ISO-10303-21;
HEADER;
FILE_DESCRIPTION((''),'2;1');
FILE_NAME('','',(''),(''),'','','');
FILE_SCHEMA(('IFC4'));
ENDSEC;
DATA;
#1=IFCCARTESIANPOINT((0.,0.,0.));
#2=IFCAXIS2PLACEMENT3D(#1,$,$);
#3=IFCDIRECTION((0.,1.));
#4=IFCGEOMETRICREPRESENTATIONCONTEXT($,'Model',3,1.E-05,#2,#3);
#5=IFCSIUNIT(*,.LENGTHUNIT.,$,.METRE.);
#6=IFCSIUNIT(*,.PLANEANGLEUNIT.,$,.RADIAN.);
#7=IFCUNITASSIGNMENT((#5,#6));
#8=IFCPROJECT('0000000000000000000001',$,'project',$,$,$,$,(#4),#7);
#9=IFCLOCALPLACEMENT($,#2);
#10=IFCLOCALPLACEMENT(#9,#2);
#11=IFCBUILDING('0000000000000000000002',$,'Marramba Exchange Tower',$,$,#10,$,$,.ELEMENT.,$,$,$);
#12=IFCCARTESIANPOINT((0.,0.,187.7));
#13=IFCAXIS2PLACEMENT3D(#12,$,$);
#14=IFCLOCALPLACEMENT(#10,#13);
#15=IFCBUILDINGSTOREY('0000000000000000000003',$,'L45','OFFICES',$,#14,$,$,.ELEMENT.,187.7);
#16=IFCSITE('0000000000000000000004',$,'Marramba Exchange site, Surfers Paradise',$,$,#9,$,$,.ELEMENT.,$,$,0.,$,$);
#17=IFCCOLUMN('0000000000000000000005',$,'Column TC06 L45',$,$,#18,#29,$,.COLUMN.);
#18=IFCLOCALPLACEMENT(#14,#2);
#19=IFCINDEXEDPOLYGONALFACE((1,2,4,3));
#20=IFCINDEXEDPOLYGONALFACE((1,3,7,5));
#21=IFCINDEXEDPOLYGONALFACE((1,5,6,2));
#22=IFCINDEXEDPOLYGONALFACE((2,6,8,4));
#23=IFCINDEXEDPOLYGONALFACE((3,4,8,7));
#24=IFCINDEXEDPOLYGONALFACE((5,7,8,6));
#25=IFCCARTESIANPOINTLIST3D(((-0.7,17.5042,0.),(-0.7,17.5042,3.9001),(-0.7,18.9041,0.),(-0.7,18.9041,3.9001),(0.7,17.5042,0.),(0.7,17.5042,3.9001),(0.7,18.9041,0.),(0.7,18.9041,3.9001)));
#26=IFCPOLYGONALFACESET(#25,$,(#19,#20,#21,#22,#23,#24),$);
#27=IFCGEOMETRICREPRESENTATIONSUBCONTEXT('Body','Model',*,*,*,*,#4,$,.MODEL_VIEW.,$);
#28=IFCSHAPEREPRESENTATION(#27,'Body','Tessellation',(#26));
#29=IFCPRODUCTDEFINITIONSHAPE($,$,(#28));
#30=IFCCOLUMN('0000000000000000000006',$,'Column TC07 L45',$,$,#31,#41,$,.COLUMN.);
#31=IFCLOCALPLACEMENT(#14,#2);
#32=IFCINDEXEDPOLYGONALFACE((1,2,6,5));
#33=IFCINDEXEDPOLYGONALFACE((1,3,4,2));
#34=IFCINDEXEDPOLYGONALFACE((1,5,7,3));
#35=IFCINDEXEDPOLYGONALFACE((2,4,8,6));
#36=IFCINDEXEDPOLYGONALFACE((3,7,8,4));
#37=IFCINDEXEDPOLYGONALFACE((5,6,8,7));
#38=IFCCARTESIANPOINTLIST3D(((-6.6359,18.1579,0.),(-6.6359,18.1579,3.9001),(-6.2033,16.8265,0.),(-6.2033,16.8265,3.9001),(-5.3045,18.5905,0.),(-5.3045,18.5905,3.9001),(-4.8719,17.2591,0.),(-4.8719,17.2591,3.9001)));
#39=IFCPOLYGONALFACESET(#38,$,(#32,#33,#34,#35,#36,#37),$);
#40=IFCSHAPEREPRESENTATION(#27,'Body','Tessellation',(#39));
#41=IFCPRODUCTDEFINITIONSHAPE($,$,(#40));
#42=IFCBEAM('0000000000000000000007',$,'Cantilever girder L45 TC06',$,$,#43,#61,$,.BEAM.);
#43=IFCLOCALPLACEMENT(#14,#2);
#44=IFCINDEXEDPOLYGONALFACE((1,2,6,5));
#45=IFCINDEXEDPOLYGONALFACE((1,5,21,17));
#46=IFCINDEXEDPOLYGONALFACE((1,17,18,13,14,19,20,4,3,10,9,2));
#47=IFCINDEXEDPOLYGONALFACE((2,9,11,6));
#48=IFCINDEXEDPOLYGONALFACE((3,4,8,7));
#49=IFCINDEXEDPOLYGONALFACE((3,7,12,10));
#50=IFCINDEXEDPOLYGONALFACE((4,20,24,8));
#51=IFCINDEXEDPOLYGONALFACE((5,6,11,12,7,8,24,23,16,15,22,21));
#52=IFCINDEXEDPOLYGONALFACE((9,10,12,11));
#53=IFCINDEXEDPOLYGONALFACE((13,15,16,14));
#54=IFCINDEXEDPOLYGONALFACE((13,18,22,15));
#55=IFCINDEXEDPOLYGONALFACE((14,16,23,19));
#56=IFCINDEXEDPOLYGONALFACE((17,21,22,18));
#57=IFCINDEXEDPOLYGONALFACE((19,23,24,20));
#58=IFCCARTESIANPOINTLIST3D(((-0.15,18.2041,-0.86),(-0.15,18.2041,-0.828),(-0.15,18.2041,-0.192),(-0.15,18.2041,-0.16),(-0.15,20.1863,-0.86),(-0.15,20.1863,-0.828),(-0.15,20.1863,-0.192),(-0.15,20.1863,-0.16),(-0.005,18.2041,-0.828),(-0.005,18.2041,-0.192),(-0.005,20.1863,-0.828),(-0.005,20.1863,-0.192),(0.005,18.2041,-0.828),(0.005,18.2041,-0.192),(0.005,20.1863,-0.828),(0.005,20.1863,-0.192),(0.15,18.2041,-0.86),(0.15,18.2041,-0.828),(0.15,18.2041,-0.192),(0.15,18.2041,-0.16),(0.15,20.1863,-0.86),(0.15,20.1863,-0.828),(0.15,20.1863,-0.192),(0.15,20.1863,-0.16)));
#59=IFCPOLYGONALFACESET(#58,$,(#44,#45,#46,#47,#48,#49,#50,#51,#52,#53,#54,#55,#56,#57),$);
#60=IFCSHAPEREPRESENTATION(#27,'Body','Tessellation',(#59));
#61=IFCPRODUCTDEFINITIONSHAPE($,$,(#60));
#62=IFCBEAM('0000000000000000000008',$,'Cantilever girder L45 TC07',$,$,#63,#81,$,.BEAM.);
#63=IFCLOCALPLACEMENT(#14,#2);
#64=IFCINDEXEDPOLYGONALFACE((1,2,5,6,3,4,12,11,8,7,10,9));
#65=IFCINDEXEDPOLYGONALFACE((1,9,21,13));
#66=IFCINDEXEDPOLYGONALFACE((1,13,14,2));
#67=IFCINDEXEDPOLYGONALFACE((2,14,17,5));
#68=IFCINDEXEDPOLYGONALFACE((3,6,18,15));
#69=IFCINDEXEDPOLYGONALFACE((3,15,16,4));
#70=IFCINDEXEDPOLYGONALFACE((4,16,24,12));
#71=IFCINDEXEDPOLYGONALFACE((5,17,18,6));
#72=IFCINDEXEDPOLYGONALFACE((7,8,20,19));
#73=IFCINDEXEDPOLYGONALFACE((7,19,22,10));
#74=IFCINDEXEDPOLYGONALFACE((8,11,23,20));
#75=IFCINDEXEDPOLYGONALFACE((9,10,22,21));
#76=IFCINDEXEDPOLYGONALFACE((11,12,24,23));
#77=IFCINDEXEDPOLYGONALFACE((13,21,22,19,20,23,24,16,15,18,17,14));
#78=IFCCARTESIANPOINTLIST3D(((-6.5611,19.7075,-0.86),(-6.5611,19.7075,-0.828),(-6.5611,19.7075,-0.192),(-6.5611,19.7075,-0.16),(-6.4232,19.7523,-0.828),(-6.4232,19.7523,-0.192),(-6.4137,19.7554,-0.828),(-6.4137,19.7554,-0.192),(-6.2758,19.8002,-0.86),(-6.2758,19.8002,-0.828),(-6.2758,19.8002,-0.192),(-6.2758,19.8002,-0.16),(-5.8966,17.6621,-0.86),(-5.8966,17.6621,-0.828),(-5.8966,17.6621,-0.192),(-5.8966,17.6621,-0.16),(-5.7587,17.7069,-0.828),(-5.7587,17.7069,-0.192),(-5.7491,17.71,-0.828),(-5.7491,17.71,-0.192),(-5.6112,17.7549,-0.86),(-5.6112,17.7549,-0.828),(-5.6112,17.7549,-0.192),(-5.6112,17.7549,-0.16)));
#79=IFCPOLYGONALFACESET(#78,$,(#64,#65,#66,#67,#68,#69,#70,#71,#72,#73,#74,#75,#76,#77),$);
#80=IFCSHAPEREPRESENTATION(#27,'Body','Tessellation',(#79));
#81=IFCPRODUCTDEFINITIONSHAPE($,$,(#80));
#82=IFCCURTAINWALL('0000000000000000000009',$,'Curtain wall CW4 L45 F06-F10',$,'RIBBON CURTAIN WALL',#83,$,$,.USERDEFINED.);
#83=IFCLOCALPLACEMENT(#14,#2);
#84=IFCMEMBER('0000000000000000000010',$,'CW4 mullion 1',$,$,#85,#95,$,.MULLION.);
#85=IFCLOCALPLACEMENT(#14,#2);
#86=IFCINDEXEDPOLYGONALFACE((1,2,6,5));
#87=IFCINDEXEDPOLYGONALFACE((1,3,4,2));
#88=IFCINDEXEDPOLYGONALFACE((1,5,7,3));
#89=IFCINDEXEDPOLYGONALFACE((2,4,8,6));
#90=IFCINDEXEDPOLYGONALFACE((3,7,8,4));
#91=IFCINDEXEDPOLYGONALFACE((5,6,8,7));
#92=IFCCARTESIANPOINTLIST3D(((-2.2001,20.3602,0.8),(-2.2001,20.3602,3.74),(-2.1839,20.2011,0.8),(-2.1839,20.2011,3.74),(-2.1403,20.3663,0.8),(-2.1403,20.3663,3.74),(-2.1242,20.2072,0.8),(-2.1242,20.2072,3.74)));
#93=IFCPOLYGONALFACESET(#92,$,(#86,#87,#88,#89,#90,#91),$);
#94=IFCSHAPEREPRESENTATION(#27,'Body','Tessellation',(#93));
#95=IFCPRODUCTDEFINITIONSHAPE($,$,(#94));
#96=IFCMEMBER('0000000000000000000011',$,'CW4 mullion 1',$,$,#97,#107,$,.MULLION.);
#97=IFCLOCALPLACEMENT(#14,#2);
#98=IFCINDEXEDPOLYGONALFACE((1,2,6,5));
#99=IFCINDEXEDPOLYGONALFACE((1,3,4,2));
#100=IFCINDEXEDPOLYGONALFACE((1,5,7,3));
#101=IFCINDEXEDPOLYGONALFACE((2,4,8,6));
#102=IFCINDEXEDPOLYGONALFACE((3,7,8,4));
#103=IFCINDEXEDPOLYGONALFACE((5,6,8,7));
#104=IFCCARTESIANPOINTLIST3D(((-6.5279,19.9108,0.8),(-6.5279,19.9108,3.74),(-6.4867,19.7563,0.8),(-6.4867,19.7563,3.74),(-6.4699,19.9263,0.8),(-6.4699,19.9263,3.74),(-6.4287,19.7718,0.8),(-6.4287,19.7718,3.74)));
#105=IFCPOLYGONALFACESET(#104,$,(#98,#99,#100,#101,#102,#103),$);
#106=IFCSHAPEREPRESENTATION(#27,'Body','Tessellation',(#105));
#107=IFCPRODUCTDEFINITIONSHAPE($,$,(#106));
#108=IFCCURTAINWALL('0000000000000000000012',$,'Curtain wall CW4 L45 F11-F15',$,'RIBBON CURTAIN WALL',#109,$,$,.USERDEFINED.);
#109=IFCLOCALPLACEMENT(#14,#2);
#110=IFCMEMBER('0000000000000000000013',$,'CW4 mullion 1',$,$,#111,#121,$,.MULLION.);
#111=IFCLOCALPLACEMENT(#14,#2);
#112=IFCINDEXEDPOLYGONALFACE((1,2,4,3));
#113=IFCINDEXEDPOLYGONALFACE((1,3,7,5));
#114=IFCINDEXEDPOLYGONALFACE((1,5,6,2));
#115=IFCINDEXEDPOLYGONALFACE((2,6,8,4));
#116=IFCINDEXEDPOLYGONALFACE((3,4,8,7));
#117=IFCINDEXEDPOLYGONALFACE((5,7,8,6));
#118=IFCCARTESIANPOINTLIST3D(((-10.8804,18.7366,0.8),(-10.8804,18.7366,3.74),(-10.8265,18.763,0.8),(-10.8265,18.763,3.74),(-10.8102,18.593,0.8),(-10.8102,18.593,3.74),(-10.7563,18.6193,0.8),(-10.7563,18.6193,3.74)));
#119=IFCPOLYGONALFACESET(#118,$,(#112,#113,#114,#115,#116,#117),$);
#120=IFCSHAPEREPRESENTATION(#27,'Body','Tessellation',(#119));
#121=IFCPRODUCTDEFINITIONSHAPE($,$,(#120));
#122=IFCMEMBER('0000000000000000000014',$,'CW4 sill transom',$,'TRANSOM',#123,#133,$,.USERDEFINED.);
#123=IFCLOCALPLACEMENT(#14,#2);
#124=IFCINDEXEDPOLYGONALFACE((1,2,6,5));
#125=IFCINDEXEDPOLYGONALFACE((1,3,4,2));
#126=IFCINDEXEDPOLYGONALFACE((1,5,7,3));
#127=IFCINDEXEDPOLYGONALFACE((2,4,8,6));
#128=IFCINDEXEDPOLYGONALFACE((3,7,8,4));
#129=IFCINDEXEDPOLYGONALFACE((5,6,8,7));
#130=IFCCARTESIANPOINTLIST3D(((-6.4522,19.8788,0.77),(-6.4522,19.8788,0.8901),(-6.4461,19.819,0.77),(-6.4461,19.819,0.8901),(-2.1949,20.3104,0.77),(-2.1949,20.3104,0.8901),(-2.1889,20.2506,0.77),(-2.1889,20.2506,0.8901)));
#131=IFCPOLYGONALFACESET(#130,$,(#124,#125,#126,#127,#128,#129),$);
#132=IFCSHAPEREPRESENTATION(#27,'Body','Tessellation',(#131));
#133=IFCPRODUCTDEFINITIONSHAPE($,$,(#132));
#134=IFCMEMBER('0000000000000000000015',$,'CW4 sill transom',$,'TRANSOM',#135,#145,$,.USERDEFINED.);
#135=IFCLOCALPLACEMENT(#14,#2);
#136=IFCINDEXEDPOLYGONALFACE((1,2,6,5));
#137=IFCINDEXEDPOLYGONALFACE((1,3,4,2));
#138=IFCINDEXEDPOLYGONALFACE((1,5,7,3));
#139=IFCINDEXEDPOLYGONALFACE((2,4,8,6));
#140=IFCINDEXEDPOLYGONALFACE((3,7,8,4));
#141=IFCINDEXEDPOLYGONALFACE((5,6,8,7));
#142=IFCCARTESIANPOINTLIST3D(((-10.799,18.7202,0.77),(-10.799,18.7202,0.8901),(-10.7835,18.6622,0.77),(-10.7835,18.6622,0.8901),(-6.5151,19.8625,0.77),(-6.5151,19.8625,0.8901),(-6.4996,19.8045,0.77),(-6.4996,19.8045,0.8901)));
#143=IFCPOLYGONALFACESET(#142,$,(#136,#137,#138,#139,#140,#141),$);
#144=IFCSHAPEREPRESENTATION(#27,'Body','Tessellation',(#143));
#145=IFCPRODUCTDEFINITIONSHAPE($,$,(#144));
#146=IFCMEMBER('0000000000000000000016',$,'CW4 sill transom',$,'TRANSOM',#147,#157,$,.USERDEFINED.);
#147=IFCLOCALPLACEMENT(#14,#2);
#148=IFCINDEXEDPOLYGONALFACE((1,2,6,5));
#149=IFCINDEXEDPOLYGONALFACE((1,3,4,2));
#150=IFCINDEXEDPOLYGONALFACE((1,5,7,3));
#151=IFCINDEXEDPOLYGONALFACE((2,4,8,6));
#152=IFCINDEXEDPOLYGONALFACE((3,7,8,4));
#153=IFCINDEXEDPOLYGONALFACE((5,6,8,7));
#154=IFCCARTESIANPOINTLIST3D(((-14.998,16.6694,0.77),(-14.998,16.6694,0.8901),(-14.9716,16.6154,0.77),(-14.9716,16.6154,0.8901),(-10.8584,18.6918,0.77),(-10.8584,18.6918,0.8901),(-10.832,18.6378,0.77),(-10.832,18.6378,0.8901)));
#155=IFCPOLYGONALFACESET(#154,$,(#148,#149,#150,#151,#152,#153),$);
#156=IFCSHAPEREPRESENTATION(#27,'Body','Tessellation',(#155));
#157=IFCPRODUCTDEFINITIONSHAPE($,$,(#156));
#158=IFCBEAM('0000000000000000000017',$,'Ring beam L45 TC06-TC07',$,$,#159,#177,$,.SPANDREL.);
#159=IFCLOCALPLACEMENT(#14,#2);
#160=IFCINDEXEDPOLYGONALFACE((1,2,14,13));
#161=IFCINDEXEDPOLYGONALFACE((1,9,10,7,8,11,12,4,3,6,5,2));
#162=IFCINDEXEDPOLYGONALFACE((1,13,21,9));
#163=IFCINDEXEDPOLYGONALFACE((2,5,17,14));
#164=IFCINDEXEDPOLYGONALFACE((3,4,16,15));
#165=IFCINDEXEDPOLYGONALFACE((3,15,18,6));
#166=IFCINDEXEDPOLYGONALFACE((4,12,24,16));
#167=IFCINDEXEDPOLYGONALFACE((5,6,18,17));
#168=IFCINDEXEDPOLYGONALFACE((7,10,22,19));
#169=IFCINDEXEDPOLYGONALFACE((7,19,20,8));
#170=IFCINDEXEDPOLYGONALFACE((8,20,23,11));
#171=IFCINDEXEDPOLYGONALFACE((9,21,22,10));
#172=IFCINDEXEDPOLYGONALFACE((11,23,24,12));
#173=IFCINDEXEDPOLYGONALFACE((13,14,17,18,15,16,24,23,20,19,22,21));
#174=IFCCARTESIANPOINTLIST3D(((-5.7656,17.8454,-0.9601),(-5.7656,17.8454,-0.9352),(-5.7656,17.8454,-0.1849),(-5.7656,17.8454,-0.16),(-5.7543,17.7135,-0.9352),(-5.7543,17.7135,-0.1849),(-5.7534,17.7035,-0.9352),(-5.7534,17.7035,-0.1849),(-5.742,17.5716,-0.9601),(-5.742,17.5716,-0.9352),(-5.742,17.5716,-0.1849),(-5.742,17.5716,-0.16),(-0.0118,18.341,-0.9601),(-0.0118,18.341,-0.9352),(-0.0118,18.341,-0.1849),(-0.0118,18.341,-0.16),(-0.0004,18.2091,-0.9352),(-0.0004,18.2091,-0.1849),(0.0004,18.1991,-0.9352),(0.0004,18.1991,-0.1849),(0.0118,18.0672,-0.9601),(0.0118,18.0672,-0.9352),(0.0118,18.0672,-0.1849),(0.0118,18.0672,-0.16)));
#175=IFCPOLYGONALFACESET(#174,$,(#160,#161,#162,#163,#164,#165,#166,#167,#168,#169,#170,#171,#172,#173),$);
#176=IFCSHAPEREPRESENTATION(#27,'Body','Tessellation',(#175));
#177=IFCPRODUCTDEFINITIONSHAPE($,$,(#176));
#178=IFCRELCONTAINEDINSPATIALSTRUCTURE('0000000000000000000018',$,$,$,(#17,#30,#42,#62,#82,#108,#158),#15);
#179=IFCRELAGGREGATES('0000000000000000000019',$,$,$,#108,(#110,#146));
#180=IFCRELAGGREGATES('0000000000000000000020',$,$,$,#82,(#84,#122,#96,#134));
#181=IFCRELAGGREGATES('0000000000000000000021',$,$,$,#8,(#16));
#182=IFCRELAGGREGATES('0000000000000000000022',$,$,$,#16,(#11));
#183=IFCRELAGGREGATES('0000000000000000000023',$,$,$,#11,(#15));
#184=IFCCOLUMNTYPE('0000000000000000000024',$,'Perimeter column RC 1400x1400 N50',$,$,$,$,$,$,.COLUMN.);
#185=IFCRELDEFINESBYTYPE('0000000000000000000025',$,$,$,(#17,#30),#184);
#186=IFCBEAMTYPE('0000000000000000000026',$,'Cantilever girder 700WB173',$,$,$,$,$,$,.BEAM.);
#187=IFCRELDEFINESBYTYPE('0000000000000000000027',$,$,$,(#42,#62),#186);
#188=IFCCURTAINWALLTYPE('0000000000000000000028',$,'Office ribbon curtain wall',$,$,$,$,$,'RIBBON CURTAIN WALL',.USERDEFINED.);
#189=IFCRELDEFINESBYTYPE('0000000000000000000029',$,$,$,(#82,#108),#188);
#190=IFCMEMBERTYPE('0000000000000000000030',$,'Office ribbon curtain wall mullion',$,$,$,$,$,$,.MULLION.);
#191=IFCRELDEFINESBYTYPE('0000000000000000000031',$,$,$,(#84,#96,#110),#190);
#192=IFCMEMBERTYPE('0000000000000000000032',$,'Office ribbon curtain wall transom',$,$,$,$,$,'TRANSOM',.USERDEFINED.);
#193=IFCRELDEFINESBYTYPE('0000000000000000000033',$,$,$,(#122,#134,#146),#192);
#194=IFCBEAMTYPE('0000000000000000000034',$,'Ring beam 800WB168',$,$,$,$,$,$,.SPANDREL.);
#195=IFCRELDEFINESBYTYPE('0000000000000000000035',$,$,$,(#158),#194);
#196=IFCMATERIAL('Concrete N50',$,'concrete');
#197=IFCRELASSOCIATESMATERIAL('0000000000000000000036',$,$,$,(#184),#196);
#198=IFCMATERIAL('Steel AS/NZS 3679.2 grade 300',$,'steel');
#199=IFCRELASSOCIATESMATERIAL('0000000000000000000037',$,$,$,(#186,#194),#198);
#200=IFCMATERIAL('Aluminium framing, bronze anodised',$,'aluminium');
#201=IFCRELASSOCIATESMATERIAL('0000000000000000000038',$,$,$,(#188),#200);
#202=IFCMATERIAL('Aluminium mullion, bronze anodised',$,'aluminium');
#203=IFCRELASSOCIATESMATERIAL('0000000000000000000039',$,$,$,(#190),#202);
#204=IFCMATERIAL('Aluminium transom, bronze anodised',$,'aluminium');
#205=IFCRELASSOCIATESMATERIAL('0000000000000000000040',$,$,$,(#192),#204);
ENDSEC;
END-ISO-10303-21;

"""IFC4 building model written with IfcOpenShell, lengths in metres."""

from ifc_helpers import new_model, si_unit, direction, frame, origin, origin_2d, place, context, subcontext, project, spatial, rectangle, i_section, extrude, material, material_profile, profile_set, type_object, element, aggregate, save


model = new_model("IFC4")

# Units and contexts
model_context = context("Model", 3, precision=1e-05, world=origin(), true_north=direction((0.0, 1.0)))
body_context = subcontext(model_context, "Body", "Model", "MODEL_VIEW")
ifc_project = project(units=[si_unit("LENGTHUNIT", "METRE"), si_unit("PLANEANGLEUNIT", "RADIAN")], contexts=[model_context])

# Site, building, storey
site_placement = place(None, origin())
site = spatial("IfcSite", under=ifc_project, at=site_placement, Name="Marramba Exchange site, Surfers Paradise", CompositionType="ELEMENT", RefElevation=0.0)
building_placement = place(site_placement, origin())
building = spatial("IfcBuilding", under=site, at=building_placement, Name="Marramba Exchange Tower", CompositionType="ELEMENT")
storey_placement = place(building_placement, frame((0.0, 0.0, 187.7)))
storey = spatial("IfcBuildingStorey", under=building, at=storey_placement, Name="L45", Description="OFFICES", CompositionType="ELEMENT", Elevation=187.7)

# Columns
ifc_material_1 = material(Name="Concrete N50", Category="concrete")
ifc_material_profile_1 = material_profile(ifc_material_1, rectangle(XDim=1.3999, YDim=1.3999, at=origin_2d()), Name="RC 1400x1400")
ifc_profile_set_1 = profile_set([ifc_material_profile_1], Name="Concrete N50")
column_type = type_object("IfcColumnType", Name="Perimeter column RC 1400x1400 N50", PredefinedType="COLUMN", material=ifc_profile_set_1)
for number, where, z_axis, x_axis, name in (
    (1, (0.0, 18.2041, 0.0), (0.0, 0.0, 1.0), (0.0, 1.0, 0.0), "Column TC06 L45"),
    (2, (-5.7539, 17.7085, 0.0), (0.0, 0.0, 1.0), (-0.309017, 0.951057, 0.0), "Column TC07 L45"),
):
    element("IfcColumn", number, at=place(storey_placement, frame(where, z_axis=z_axis, x_axis=x_axis)), inside=storey, type_object=column_type, Name=name, PredefinedType="COLUMN", context=body_context, shape_type="SweptSolid", body=[
        extrude(rectangle(XDim=1.3999, YDim=1.3999, at=origin_2d()), origin(), (0.0, 0.0, 1.0), 3.9001),
    ])

# Beams
ifc_material_2 = material(Name="Steel AS/NZS 3679.2 grade 300", Category="steel")
ifc_material_profile_2 = material_profile(ifc_material_2, i_section(OverallWidth=0.3, OverallDepth=0.7, WebThickness=0.01, FlangeThickness=0.032, at=origin_2d()), Name="700WB173")
ifc_profile_set_2 = profile_set([ifc_material_profile_2], Name="Steel AS/NZS 3679.2 grade 300")
beam_type_1 = type_object("IfcBeamType", Name="Cantilever girder 700WB173", PredefinedType="BEAM", material=ifc_profile_set_2)
beam_1_placement = place(storey_placement, frame((0.0, 18.2041, -0.51), z_axis=(0.0, 1.0, 0.0), x_axis=(-1.0, 0.0, 0.0)))
element("IfcBeam", 3, at=beam_1_placement, inside=storey, type_object=beam_type_1, Name="Cantilever girder L45 TC06", PredefinedType="BEAM", context=body_context, shape_type="SweptSolid", body=[
    extrude(i_section(OverallWidth=0.3, OverallDepth=0.7, WebThickness=0.01, FlangeThickness=0.032, at=origin_2d()), origin(), (0.0, 0.0, 1.0), 1.9822),
])
beam_2_placement = place(storey_placement, frame((-5.7539, 17.7085, -0.51), z_axis=(-0.308999, 0.951062, 0.0), x_axis=(-0.951062, -0.308999, 0.0)))
element("IfcBeam", 4, at=beam_2_placement, inside=storey, type_object=beam_type_1, Name="Cantilever girder L45 TC07", PredefinedType="BEAM", context=body_context, shape_type="SweptSolid", body=[
    extrude(i_section(OverallWidth=0.3, OverallDepth=0.7, WebThickness=0.01, FlangeThickness=0.032, at=origin_2d()), origin(), (0.0, 0.0, 1.0), 2.1506),
])

# Curtain wall, members
ifc_material_3 = material(Name="Aluminium framing, bronze anodised", Category="aluminium")
curtain_wall_type = type_object("IfcCurtainWallType", Name="Office ribbon curtain wall", ElementType="RIBBON CURTAIN WALL", PredefinedType="USERDEFINED", material=ifc_material_3)
curtain_wall_1_placement = place(storey_placement, origin())
curtain_wall_1 = element("IfcCurtainWall", 5, at=curtain_wall_1_placement, inside=storey, type_object=curtain_wall_type, Name="Curtain wall CW4 L45 F06-F10", ObjectType="RIBBON CURTAIN WALL", PredefinedType="USERDEFINED")
ifc_material_4 = material(Name="Aluminium mullion, bronze anodised", Category="aluminium")
ifc_material_profile_3 = material_profile(ifc_material_4, rectangle(XDim=0.1599, YDim=0.0601, at=origin_2d()), Name="CW4 mullion 60x160")
ifc_profile_set_3 = profile_set([ifc_material_profile_3], Name="Aluminium mullion, bronze anodised")
member_type_1 = type_object("IfcMemberType", Name="Office ribbon curtain wall mullion", PredefinedType="MULLION", material=ifc_profile_set_3)
member_1_placement = place(storey_placement, frame((-2.1621, 20.2837, 0.8), z_axis=(0.0, 0.0, 1.0), x_axis=(0.100863, -0.9949, 0.0)))
member_1 = element("IfcMember", 6, at=member_1_placement, type_object=member_type_1, Name="CW4 mullion 1", PredefinedType="MULLION", context=body_context, shape_type="SweptSolid", body=[
    extrude(rectangle(XDim=0.1599, YDim=0.0601, at=origin_2d()), origin(), (0.0, 0.0, 1.0), 2.9399),
])
member_2_placement = place(storey_placement, frame((-6.4783, 19.8413, 0.8), z_axis=(0.0, 0.0, 1.0), x_axis=(0.257641, -0.966241, 0.0)))
member_2 = element("IfcMember", 7, at=member_2_placement, type_object=member_type_1, Name="CW4 mullion 1", PredefinedType="MULLION", context=body_context, shape_type="SweptSolid", body=[
    extrude(rectangle(XDim=0.1599, YDim=0.0601, at=origin_2d()), origin(), (0.0, 0.0, 1.0), 2.9399),
])

# Curtain wall, member
curtain_wall_2_placement = place(storey_placement, origin())
curtain_wall_2 = element("IfcCurtainWall", 8, at=curtain_wall_2_placement, inside=storey, type_object=curtain_wall_type, Name="Curtain wall CW4 L45 F11-F15", ObjectType="RIBBON CURTAIN WALL", PredefinedType="USERDEFINED")
member_3_placement = place(storey_placement, frame((-10.8184, 18.678, 0.8), z_axis=(0.0, 0.0, 1.0), x_axis=(0.438972, -0.898501, 0.0)))
member_3 = element("IfcMember", 9, at=member_3_placement, type_object=member_type_1, Name="CW4 mullion 1", PredefinedType="MULLION", context=body_context, shape_type="SweptSolid", body=[
    extrude(rectangle(XDim=0.1599, YDim=0.0601, at=origin_2d()), origin(), (0.0, 0.0, 1.0), 2.9399),
])

# Members
ifc_material_5 = material(Name="Aluminium transom, bronze anodised", Category="aluminium")
ifc_material_profile_4 = material_profile(ifc_material_5, rectangle(XDim=0.0601, YDim=0.1201, at=origin_2d()), Name="CW4 transom 60x120")
ifc_profile_set_4 = profile_set([ifc_material_profile_4], Name="Aluminium transom, bronze anodised")
member_type_2 = type_object("IfcMemberType", Name="Office ribbon curtain wall transom", ElementType="TRANSOM", PredefinedType="USERDEFINED", material=ifc_profile_set_4)
member_4_placement = place(storey_placement, frame((-2.1919, 20.2805, 0.8301), z_axis=(-0.9949, -0.100871, 0.0), x_axis=(0.100871, -0.9949, 0.0)))
member_4 = element("IfcMember", 10, at=member_4_placement, type_object=member_type_2, Name="CW4 sill transom", ObjectType="TRANSOM", PredefinedType="USERDEFINED", context=body_context, shape_type="SweptSolid", body=[
    extrude(rectangle(XDim=0.0601, YDim=0.1201, at=origin_2d()), origin(), (0.0, 0.0, 1.0), 4.2791),
])
member_5_placement = place(storey_placement, frame((-6.5073, 19.8335, 0.8301), z_axis=(-0.966238, -0.257652, 0.0), x_axis=(0.257652, -0.966238, 0.0)))
member_5 = element("IfcMember", 11, at=member_5_placement, type_object=member_type_2, Name="CW4 sill transom", ObjectType="TRANSOM", PredefinedType="USERDEFINED", context=body_context, shape_type="SweptSolid", body=[
    extrude(rectangle(XDim=0.0601, YDim=0.1201, at=origin_2d()), origin(), (0.0, 0.0, 1.0), 4.4336),
])
member_6_placement = place(storey_placement, frame((-10.8452, 18.6648, 0.8301), z_axis=(-0.898501, -0.438971, 0.0), x_axis=(0.438971, -0.898501, 0.0)))
member_6 = element("IfcMember", 12, at=member_6_placement, type_object=member_type_2, Name="CW4 sill transom", ObjectType="TRANSOM", PredefinedType="USERDEFINED", context=body_context, shape_type="SweptSolid", body=[
    extrude(rectangle(XDim=0.0601, YDim=0.1201, at=origin_2d()), origin(), (0.0, 0.0, 1.0), 4.6072),
])
aggregate(curtain_wall_2, [member_3, member_6])

# Beam
ifc_material_profile_5 = material_profile(ifc_material_2, i_section(OverallWidth=0.2749, OverallDepth=0.8, WebThickness=0.01, FlangeThickness=0.0249, at=origin_2d()), Name="800WB168")
ifc_profile_set_5 = profile_set([ifc_material_profile_5], Name="Steel AS/NZS 3679.2 grade 300")
beam_type_2 = type_object("IfcBeamType", Name="Ring beam 800WB168", PredefinedType="SPANDREL", material=ifc_profile_set_5)
beam_3_placement = place(storey_placement, frame((0.0, 18.2041, -0.5601), z_axis=(-0.996311, -0.085816, 0.0), x_axis=(0.085816, -0.996311, 0.0)))
element("IfcBeam", 13, at=beam_3_placement, inside=storey, type_object=beam_type_2, Name="Ring beam L45 TC06-TC07", PredefinedType="SPANDREL", context=body_context, shape_type="SweptSolid", body=[
    extrude(i_section(OverallWidth=0.2749, OverallDepth=0.8, WebThickness=0.01, FlangeThickness=0.0249, at=origin_2d()), origin(), (0.0, 0.0, 1.0), 5.7751),
])

aggregate(curtain_wall_1, [member_1, member_4, member_2, member_5])

save(model, "model.ifc")
